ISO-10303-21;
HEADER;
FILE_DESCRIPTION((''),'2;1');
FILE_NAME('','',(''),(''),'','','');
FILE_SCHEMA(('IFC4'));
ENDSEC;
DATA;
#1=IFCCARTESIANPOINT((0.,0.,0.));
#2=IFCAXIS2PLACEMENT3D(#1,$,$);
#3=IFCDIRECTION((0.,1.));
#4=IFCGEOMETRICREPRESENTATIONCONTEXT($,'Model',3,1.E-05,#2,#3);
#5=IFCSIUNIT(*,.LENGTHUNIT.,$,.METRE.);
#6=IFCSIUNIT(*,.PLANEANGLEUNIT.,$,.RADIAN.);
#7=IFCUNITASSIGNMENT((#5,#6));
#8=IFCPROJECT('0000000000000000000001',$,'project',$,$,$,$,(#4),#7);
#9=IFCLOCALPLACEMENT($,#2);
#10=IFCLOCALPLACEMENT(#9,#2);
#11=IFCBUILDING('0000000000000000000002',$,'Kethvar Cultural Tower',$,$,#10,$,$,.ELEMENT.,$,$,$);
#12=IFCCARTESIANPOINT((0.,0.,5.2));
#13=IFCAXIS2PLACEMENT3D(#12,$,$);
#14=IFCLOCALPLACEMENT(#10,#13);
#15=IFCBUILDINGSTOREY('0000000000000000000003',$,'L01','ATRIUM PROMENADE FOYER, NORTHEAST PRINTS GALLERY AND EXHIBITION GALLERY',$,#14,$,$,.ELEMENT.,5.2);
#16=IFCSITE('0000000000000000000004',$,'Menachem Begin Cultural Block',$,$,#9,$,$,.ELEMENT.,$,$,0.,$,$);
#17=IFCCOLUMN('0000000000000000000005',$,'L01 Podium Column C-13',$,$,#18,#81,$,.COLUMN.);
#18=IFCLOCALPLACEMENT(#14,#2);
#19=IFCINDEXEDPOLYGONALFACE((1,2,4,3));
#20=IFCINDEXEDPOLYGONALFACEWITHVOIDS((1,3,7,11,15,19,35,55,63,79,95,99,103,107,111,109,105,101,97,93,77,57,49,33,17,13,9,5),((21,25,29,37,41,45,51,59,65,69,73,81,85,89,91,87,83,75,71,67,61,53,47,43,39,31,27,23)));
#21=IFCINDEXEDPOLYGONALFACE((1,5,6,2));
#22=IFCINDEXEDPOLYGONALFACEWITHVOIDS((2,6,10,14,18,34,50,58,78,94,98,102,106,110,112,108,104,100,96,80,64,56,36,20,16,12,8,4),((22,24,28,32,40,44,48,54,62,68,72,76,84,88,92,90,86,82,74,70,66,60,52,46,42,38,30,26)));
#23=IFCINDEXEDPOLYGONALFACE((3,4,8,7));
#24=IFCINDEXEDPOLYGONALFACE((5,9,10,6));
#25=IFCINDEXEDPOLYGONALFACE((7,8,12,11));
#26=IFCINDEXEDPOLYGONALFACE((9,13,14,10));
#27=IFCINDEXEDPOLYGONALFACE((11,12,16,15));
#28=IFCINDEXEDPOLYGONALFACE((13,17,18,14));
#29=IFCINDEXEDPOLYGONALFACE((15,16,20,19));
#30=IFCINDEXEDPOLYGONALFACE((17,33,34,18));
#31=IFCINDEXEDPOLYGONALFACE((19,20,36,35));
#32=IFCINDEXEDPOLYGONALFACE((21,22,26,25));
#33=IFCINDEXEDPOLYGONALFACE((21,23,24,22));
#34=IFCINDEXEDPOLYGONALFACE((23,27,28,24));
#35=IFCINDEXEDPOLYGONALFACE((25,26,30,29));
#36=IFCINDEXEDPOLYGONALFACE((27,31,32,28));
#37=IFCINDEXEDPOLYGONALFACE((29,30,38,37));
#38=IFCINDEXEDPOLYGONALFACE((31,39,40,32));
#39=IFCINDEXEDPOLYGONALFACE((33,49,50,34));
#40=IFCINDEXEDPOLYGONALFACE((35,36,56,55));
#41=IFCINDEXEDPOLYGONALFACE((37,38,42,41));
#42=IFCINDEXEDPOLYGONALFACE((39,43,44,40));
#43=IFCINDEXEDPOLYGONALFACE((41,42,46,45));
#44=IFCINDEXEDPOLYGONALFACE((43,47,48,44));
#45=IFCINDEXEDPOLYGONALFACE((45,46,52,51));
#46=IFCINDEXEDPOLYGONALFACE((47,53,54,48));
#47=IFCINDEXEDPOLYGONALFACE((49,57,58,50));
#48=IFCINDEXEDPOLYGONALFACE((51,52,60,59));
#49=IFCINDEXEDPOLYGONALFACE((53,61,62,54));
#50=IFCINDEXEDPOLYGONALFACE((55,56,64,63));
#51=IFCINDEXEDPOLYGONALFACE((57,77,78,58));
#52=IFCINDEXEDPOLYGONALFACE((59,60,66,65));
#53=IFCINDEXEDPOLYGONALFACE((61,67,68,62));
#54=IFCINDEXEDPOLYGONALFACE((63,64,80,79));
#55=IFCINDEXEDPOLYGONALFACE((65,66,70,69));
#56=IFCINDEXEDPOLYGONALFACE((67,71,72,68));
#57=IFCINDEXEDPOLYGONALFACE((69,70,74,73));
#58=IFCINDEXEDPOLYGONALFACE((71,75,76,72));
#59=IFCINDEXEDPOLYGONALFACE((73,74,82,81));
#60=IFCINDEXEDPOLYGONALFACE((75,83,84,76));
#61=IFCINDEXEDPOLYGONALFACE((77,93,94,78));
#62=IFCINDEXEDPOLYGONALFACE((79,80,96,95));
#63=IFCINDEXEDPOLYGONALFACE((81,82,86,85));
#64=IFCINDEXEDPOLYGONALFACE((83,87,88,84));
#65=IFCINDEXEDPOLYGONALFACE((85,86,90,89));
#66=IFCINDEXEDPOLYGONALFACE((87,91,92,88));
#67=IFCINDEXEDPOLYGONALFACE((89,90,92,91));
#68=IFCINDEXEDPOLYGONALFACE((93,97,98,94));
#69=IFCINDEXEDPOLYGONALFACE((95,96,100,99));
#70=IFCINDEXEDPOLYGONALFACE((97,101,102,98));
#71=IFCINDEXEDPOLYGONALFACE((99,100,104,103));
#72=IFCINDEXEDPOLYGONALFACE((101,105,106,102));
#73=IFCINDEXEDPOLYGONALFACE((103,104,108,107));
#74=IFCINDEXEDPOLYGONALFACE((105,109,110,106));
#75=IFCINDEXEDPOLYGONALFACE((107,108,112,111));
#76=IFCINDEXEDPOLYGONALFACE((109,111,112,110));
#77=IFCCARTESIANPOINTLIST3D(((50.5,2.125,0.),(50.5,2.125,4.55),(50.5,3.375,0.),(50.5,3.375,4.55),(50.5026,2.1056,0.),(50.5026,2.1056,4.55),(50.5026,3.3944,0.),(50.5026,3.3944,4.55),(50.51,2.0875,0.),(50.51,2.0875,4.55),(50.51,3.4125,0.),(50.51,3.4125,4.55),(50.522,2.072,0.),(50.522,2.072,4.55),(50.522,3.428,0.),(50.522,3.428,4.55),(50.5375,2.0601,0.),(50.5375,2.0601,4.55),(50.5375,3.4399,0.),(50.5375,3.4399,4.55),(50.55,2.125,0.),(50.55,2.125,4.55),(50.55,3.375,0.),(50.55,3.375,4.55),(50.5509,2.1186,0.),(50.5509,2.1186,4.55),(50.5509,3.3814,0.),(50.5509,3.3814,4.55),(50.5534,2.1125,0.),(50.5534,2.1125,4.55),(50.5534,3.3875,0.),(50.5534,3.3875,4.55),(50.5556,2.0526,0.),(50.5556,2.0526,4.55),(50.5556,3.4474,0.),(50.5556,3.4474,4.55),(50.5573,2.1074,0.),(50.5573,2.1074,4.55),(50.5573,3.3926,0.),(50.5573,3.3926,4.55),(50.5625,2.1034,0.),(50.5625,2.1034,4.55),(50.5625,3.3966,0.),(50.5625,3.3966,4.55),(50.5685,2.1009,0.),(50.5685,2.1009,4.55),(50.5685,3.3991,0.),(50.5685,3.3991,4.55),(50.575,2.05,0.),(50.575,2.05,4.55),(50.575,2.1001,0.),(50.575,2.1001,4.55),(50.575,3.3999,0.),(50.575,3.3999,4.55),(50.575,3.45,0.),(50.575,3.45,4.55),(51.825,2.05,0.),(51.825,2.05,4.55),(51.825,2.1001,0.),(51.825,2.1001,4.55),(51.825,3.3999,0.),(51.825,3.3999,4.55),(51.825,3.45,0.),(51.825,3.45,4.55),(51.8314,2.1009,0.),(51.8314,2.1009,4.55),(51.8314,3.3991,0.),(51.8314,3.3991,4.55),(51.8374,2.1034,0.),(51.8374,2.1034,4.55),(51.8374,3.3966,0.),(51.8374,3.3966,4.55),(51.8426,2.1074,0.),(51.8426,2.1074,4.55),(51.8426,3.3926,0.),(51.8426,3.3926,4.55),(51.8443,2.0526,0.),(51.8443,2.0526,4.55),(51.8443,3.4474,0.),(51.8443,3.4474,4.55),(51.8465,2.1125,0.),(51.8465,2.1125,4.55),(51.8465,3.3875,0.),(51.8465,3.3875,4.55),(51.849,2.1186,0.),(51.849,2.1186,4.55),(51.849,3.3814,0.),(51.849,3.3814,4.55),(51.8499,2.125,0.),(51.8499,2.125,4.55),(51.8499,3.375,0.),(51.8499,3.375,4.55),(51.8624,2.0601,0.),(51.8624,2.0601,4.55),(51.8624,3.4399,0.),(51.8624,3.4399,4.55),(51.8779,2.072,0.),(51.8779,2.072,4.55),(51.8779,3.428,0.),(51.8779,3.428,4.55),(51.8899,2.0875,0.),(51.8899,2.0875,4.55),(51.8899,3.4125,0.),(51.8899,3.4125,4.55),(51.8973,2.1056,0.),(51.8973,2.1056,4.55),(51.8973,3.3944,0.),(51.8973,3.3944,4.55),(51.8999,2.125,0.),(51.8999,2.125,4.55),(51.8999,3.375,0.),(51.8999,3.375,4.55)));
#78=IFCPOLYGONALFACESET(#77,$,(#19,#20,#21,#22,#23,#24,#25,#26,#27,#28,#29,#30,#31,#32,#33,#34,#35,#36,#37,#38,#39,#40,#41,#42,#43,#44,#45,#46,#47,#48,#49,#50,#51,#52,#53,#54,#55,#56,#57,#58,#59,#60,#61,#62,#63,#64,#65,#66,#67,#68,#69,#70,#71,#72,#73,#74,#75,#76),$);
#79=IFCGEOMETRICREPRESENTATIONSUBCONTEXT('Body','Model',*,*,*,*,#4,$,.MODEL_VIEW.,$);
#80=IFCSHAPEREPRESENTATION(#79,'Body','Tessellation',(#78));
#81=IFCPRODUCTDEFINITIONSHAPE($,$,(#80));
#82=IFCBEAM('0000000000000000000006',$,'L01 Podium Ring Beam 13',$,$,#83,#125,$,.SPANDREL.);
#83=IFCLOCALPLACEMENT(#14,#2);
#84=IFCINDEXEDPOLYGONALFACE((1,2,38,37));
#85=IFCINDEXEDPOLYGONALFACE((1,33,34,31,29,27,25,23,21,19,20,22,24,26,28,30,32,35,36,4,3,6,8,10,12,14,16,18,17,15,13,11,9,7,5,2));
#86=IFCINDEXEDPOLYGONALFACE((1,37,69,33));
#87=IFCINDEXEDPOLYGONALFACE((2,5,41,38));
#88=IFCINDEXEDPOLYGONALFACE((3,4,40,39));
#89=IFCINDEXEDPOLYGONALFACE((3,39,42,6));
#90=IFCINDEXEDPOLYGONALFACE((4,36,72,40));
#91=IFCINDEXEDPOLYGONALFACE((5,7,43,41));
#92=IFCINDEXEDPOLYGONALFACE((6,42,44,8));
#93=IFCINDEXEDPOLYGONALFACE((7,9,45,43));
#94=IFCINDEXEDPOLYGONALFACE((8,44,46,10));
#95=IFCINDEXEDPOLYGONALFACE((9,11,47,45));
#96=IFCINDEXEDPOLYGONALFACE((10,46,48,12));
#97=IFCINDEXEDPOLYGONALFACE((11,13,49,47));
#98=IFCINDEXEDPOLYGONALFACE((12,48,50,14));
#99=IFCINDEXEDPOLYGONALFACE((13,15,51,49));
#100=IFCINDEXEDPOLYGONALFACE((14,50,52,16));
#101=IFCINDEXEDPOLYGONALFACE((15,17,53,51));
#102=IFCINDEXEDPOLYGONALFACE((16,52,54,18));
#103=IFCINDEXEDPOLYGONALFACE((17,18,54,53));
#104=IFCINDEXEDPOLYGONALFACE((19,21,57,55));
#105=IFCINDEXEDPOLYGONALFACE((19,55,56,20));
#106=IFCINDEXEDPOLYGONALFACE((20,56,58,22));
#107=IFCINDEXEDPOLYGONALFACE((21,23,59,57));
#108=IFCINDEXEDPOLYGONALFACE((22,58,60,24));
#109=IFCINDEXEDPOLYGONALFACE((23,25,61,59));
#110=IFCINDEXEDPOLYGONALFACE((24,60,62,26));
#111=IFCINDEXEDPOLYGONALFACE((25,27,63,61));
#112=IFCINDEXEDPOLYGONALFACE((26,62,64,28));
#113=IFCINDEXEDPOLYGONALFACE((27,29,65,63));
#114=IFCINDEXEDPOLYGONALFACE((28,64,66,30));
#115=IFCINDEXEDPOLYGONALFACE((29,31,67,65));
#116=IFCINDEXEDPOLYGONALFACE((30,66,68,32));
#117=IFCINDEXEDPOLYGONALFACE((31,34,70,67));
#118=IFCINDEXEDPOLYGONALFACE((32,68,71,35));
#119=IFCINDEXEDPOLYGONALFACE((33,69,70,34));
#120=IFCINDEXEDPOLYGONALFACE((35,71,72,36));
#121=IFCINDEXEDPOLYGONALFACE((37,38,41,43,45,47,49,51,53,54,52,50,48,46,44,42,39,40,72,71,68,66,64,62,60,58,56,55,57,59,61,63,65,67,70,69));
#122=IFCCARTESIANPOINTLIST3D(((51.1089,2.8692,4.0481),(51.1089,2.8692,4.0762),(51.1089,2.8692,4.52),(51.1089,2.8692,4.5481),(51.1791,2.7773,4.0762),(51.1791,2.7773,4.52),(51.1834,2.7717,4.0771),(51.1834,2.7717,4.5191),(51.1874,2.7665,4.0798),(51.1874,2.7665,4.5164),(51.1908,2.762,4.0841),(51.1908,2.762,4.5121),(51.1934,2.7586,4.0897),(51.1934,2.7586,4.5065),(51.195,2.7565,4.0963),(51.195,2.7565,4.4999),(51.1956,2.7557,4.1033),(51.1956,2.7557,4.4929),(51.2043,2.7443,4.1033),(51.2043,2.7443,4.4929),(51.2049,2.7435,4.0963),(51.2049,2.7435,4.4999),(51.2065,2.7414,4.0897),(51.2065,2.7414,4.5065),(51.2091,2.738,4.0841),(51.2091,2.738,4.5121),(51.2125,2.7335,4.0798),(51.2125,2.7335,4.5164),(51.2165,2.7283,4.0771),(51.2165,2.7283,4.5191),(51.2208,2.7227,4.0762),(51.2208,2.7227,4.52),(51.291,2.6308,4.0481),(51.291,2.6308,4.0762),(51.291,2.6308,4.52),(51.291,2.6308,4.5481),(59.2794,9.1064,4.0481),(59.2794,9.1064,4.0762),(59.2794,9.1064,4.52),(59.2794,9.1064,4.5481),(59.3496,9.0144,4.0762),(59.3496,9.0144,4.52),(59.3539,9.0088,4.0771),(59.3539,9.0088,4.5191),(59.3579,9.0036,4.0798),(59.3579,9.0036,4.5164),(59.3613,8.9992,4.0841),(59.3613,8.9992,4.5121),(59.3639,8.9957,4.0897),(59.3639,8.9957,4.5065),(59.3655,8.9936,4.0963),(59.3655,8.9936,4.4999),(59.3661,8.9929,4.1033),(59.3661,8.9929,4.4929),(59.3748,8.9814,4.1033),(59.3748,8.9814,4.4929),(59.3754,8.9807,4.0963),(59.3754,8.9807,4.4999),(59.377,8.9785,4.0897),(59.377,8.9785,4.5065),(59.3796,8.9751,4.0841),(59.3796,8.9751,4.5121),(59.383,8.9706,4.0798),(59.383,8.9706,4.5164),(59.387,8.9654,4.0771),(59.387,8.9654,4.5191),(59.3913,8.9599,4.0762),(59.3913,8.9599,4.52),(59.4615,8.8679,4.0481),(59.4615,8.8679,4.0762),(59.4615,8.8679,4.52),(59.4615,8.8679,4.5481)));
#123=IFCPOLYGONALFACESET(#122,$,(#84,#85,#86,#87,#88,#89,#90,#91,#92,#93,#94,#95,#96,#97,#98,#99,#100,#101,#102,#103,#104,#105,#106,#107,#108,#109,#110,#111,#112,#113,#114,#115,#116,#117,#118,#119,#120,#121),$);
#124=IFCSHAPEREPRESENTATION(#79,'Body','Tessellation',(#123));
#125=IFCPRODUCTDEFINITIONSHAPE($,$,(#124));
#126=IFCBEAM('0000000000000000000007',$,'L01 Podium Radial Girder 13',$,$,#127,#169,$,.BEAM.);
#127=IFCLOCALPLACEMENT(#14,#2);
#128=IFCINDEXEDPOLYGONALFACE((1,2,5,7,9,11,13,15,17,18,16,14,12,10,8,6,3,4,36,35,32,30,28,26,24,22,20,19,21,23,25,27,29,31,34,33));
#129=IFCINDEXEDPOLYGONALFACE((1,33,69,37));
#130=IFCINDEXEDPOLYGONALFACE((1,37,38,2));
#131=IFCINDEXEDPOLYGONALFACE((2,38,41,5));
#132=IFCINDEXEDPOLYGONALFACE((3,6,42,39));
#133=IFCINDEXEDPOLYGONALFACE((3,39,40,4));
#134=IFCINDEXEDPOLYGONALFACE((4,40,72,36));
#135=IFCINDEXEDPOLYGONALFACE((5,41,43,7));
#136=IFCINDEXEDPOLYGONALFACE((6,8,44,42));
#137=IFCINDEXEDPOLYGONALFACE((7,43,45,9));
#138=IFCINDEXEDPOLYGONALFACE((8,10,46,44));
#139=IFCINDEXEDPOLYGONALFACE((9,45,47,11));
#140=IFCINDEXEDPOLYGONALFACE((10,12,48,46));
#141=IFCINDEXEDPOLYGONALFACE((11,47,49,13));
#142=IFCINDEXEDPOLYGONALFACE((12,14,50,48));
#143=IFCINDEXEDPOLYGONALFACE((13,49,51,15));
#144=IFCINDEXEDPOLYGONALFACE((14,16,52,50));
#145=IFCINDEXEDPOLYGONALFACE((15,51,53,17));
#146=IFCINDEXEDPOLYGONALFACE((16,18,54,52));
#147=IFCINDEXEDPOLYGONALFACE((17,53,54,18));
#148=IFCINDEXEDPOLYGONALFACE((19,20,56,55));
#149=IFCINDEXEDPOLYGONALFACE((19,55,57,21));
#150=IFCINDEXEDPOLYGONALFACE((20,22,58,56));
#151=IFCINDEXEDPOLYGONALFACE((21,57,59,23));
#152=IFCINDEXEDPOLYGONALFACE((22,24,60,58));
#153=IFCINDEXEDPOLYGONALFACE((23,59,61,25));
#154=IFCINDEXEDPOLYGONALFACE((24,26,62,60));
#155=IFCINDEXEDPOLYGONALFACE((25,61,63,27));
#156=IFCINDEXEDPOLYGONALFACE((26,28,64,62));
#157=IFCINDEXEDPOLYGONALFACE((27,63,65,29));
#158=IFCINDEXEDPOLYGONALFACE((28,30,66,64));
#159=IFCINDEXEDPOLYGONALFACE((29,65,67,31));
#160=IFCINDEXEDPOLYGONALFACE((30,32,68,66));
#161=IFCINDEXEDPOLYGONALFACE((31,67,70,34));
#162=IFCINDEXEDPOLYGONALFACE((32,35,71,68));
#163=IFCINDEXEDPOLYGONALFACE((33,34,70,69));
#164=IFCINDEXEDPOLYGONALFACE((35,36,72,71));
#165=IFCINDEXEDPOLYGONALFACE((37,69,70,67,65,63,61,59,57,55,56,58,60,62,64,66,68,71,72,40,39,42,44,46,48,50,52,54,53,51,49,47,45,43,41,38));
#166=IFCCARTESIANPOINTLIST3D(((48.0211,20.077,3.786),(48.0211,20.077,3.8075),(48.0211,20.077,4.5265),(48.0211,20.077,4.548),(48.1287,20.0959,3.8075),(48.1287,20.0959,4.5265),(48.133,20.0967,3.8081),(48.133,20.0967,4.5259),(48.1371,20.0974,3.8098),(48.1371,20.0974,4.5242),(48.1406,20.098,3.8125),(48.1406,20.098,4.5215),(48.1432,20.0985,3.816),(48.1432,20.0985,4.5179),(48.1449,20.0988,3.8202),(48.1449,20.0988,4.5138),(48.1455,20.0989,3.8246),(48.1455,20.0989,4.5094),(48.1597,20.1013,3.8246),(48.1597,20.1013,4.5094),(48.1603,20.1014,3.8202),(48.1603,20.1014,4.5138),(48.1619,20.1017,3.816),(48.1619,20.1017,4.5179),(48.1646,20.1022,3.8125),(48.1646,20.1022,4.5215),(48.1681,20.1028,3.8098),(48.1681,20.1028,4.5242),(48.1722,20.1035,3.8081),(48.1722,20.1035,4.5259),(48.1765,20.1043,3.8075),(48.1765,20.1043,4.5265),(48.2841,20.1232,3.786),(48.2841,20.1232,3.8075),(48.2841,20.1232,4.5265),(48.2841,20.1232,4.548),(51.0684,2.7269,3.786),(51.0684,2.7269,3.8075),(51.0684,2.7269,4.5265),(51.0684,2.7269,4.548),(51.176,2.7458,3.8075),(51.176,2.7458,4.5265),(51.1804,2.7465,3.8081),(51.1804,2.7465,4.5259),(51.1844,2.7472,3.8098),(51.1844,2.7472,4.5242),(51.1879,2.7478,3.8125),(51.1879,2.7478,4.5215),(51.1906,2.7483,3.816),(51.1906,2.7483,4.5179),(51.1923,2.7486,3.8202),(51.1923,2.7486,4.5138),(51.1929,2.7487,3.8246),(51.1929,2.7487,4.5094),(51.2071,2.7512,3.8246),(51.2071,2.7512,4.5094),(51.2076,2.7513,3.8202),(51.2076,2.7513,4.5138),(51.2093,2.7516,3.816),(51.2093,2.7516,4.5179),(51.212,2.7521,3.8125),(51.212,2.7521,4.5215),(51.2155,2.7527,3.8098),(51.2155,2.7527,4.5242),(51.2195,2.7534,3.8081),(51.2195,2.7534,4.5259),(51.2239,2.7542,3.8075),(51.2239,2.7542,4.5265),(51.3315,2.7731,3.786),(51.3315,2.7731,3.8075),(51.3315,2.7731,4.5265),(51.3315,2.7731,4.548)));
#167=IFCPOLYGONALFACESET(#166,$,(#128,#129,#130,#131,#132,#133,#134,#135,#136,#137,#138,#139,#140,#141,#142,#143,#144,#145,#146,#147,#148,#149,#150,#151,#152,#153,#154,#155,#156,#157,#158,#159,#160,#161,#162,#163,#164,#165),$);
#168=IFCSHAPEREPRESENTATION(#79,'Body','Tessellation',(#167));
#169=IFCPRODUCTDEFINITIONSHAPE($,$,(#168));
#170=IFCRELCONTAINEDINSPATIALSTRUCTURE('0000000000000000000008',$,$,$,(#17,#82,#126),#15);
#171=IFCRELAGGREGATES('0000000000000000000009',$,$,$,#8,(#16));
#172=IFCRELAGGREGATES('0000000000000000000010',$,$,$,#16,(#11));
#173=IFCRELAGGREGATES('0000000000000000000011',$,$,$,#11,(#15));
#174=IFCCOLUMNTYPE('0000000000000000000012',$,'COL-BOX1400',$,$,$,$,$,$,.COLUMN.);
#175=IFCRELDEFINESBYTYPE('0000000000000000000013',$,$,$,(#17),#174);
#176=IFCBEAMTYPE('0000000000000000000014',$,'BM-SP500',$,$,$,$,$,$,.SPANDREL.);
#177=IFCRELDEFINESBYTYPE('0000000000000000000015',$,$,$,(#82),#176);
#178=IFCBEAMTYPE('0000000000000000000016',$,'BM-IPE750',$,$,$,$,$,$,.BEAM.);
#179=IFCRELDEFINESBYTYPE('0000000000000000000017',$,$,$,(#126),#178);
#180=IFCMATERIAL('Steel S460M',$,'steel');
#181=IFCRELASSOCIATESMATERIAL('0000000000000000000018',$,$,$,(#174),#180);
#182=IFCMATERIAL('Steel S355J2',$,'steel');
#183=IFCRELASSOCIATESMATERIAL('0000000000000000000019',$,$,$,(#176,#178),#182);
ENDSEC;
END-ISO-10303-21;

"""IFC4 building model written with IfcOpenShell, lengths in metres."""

from ifc_helpers import new_model, si_unit, direction, frame, origin, origin_2d, place, context, subcontext, project, spatial, hollow_rectangle, i_section, extrude, source, transform, mapped, material, material_profile, profile_set, type_object, element, save


model = new_model("IFC4")

# Units and contexts
model_context = context("Model", 3, precision=1e-05, world=origin(), true_north=direction((0.0, 1.0)))
body_context = subcontext(model_context, "Body", "Model", "MODEL_VIEW")
ifc_project = project(units=[si_unit("LENGTHUNIT", "METRE"), si_unit("PLANEANGLEUNIT", "RADIAN")], contexts=[model_context])

# Site, building, storey
site_placement = place(None, origin())
site = spatial("IfcSite", under=ifc_project, at=site_placement, Name="Menachem Begin Cultural Block", CompositionType="ELEMENT", RefElevation=0.0)
building_placement = place(site_placement, origin())
building = spatial("IfcBuilding", under=site, at=building_placement, Name="Kethvar Cultural Tower", CompositionType="ELEMENT")
storey_placement = place(building_placement, frame((0.0, 0.0, 5.2)))
storey = spatial("IfcBuildingStorey", under=building, at=storey_placement, Name="L01", Description="ATRIUM PROMENADE FOYER, NORTHEAST PRINTS GALLERY AND EXHIBITION GALLERY", CompositionType="ELEMENT", Elevation=5.2)

# Column
ifc_material_1 = material(Name="Steel S460M", Category="steel")
ifc_material_profile_1 = material_profile(ifc_material_1, hollow_rectangle(XDim=1.3999, YDim=1.3999, WallThickness=0.05, InnerFilletRadius=0.0249, OuterFilletRadius=0.075, at=origin_2d()), Name="Steel S460M — BOX1400x1400x50")
ifc_profile_set_1 = profile_set([ifc_material_profile_1], Name="Steel S460M — BOX1400x1400x50")
column_type = type_object("IfcColumnType", Name="COL-BOX1400", PredefinedType="COLUMN", material=ifc_profile_set_1)
shared_shape_1 = source(origin(), body_context, "Body", "SweptSolid", [
    extrude(hollow_rectangle(XDim=1.3999, YDim=1.3999, WallThickness=0.05, InnerFilletRadius=0.0249, OuterFilletRadius=0.075, at=origin_2d()), origin(), (0.0, 0.0, 1.0), 4.55),
])
column_placement = place(storey_placement, frame((51.2, 2.75, 0.0), z_axis=(0.0, 0.0, 1.0), x_axis=(1.0, 0.0, 0.0)))
element("IfcColumn", 1, at=column_placement, inside=storey, type_object=column_type, Name="L01 Podium Column C-13", PredefinedType="COLUMN", context=body_context, shape_type="MappedRepresentation", body=[
    mapped(shared_shape_1, transform((0.0, 0.0, 0.0), scale=1.0)),
])

# Beams
ifc_material_2 = material(Name="Steel S355J2", Category="steel")
ifc_material_profile_2 = material_profile(ifc_material_2, i_section(OverallWidth=0.3, OverallDepth=0.5, WebThickness=0.0144, FlangeThickness=0.0281, FilletRadius=0.0271, at=origin_2d()), Name="Steel S355J2 — HEB500")
ifc_profile_set_2 = profile_set([ifc_material_profile_2], Name="Steel S355J2 — HEB500")
beam_type_1 = type_object("IfcBeamType", Name="BM-SP500", PredefinedType="SPANDREL", material=ifc_profile_set_2)
shared_shape_2 = source(origin(), body_context, "Body", "SweptSolid", [
    extrude(i_section(OverallWidth=0.3, OverallDepth=0.5, WebThickness=0.0144, FlangeThickness=0.0281, FilletRadius=0.0271, at=origin_2d()), origin(), (0.0, 0.0, 1.0), 10.2791),
])
beam_1_placement = place(storey_placement, frame((51.2, 2.75, 4.2981), z_axis=(0.794869, 0.606781, 0.0), x_axis=(-0.606781, 0.794869, 0.0)))
element("IfcBeam", 2, at=beam_1_placement, inside=storey, type_object=beam_type_1, Name="L01 Podium Ring Beam 13", PredefinedType="SPANDREL", context=body_context, shape_type="MappedRepresentation", body=[
    mapped(shared_shape_2, transform((0.0, 0.0, 0.0), scale=1.0)),
])
ifc_material_profile_3 = material_profile(ifc_material_2, i_section(OverallWidth=0.2671, OverallDepth=0.762, WebThickness=0.0144, FlangeThickness=0.0215, FilletRadius=0.0171, at=origin_2d()), Name="Steel S355J2 — IPE750x173")
ifc_profile_set_3 = profile_set([ifc_material_profile_3], Name="Steel S355J2 — IPE750x173")
beam_type_2 = type_object("IfcBeamType", Name="BM-IPE750", PredefinedType="BEAM", material=ifc_profile_set_3)
shared_shape_3 = source(origin(), body_context, "Body", "SweptSolid", [
    extrude(i_section(OverallWidth=0.2671, OverallDepth=0.762, WebThickness=0.0144, FlangeThickness=0.0215, FilletRadius=0.0171, at=origin_2d()), origin(), (0.0, 0.0, 1.0), 17.6157),
])
beam_2_placement = place(storey_placement, frame((48.1526, 20.1001, 4.167), z_axis=(0.172991, -0.984923, 0.0), x_axis=(0.984923, 0.172991, 0.0)))
element("IfcBeam", 3, at=beam_2_placement, inside=storey, type_object=beam_type_2, Name="L01 Podium Radial Girder 13", PredefinedType="BEAM", context=body_context, shape_type="MappedRepresentation", body=[
    mapped(shared_shape_3, transform((0.0, 0.0, 0.0), scale=1.0)),
])

save(model, "model.ifc")
